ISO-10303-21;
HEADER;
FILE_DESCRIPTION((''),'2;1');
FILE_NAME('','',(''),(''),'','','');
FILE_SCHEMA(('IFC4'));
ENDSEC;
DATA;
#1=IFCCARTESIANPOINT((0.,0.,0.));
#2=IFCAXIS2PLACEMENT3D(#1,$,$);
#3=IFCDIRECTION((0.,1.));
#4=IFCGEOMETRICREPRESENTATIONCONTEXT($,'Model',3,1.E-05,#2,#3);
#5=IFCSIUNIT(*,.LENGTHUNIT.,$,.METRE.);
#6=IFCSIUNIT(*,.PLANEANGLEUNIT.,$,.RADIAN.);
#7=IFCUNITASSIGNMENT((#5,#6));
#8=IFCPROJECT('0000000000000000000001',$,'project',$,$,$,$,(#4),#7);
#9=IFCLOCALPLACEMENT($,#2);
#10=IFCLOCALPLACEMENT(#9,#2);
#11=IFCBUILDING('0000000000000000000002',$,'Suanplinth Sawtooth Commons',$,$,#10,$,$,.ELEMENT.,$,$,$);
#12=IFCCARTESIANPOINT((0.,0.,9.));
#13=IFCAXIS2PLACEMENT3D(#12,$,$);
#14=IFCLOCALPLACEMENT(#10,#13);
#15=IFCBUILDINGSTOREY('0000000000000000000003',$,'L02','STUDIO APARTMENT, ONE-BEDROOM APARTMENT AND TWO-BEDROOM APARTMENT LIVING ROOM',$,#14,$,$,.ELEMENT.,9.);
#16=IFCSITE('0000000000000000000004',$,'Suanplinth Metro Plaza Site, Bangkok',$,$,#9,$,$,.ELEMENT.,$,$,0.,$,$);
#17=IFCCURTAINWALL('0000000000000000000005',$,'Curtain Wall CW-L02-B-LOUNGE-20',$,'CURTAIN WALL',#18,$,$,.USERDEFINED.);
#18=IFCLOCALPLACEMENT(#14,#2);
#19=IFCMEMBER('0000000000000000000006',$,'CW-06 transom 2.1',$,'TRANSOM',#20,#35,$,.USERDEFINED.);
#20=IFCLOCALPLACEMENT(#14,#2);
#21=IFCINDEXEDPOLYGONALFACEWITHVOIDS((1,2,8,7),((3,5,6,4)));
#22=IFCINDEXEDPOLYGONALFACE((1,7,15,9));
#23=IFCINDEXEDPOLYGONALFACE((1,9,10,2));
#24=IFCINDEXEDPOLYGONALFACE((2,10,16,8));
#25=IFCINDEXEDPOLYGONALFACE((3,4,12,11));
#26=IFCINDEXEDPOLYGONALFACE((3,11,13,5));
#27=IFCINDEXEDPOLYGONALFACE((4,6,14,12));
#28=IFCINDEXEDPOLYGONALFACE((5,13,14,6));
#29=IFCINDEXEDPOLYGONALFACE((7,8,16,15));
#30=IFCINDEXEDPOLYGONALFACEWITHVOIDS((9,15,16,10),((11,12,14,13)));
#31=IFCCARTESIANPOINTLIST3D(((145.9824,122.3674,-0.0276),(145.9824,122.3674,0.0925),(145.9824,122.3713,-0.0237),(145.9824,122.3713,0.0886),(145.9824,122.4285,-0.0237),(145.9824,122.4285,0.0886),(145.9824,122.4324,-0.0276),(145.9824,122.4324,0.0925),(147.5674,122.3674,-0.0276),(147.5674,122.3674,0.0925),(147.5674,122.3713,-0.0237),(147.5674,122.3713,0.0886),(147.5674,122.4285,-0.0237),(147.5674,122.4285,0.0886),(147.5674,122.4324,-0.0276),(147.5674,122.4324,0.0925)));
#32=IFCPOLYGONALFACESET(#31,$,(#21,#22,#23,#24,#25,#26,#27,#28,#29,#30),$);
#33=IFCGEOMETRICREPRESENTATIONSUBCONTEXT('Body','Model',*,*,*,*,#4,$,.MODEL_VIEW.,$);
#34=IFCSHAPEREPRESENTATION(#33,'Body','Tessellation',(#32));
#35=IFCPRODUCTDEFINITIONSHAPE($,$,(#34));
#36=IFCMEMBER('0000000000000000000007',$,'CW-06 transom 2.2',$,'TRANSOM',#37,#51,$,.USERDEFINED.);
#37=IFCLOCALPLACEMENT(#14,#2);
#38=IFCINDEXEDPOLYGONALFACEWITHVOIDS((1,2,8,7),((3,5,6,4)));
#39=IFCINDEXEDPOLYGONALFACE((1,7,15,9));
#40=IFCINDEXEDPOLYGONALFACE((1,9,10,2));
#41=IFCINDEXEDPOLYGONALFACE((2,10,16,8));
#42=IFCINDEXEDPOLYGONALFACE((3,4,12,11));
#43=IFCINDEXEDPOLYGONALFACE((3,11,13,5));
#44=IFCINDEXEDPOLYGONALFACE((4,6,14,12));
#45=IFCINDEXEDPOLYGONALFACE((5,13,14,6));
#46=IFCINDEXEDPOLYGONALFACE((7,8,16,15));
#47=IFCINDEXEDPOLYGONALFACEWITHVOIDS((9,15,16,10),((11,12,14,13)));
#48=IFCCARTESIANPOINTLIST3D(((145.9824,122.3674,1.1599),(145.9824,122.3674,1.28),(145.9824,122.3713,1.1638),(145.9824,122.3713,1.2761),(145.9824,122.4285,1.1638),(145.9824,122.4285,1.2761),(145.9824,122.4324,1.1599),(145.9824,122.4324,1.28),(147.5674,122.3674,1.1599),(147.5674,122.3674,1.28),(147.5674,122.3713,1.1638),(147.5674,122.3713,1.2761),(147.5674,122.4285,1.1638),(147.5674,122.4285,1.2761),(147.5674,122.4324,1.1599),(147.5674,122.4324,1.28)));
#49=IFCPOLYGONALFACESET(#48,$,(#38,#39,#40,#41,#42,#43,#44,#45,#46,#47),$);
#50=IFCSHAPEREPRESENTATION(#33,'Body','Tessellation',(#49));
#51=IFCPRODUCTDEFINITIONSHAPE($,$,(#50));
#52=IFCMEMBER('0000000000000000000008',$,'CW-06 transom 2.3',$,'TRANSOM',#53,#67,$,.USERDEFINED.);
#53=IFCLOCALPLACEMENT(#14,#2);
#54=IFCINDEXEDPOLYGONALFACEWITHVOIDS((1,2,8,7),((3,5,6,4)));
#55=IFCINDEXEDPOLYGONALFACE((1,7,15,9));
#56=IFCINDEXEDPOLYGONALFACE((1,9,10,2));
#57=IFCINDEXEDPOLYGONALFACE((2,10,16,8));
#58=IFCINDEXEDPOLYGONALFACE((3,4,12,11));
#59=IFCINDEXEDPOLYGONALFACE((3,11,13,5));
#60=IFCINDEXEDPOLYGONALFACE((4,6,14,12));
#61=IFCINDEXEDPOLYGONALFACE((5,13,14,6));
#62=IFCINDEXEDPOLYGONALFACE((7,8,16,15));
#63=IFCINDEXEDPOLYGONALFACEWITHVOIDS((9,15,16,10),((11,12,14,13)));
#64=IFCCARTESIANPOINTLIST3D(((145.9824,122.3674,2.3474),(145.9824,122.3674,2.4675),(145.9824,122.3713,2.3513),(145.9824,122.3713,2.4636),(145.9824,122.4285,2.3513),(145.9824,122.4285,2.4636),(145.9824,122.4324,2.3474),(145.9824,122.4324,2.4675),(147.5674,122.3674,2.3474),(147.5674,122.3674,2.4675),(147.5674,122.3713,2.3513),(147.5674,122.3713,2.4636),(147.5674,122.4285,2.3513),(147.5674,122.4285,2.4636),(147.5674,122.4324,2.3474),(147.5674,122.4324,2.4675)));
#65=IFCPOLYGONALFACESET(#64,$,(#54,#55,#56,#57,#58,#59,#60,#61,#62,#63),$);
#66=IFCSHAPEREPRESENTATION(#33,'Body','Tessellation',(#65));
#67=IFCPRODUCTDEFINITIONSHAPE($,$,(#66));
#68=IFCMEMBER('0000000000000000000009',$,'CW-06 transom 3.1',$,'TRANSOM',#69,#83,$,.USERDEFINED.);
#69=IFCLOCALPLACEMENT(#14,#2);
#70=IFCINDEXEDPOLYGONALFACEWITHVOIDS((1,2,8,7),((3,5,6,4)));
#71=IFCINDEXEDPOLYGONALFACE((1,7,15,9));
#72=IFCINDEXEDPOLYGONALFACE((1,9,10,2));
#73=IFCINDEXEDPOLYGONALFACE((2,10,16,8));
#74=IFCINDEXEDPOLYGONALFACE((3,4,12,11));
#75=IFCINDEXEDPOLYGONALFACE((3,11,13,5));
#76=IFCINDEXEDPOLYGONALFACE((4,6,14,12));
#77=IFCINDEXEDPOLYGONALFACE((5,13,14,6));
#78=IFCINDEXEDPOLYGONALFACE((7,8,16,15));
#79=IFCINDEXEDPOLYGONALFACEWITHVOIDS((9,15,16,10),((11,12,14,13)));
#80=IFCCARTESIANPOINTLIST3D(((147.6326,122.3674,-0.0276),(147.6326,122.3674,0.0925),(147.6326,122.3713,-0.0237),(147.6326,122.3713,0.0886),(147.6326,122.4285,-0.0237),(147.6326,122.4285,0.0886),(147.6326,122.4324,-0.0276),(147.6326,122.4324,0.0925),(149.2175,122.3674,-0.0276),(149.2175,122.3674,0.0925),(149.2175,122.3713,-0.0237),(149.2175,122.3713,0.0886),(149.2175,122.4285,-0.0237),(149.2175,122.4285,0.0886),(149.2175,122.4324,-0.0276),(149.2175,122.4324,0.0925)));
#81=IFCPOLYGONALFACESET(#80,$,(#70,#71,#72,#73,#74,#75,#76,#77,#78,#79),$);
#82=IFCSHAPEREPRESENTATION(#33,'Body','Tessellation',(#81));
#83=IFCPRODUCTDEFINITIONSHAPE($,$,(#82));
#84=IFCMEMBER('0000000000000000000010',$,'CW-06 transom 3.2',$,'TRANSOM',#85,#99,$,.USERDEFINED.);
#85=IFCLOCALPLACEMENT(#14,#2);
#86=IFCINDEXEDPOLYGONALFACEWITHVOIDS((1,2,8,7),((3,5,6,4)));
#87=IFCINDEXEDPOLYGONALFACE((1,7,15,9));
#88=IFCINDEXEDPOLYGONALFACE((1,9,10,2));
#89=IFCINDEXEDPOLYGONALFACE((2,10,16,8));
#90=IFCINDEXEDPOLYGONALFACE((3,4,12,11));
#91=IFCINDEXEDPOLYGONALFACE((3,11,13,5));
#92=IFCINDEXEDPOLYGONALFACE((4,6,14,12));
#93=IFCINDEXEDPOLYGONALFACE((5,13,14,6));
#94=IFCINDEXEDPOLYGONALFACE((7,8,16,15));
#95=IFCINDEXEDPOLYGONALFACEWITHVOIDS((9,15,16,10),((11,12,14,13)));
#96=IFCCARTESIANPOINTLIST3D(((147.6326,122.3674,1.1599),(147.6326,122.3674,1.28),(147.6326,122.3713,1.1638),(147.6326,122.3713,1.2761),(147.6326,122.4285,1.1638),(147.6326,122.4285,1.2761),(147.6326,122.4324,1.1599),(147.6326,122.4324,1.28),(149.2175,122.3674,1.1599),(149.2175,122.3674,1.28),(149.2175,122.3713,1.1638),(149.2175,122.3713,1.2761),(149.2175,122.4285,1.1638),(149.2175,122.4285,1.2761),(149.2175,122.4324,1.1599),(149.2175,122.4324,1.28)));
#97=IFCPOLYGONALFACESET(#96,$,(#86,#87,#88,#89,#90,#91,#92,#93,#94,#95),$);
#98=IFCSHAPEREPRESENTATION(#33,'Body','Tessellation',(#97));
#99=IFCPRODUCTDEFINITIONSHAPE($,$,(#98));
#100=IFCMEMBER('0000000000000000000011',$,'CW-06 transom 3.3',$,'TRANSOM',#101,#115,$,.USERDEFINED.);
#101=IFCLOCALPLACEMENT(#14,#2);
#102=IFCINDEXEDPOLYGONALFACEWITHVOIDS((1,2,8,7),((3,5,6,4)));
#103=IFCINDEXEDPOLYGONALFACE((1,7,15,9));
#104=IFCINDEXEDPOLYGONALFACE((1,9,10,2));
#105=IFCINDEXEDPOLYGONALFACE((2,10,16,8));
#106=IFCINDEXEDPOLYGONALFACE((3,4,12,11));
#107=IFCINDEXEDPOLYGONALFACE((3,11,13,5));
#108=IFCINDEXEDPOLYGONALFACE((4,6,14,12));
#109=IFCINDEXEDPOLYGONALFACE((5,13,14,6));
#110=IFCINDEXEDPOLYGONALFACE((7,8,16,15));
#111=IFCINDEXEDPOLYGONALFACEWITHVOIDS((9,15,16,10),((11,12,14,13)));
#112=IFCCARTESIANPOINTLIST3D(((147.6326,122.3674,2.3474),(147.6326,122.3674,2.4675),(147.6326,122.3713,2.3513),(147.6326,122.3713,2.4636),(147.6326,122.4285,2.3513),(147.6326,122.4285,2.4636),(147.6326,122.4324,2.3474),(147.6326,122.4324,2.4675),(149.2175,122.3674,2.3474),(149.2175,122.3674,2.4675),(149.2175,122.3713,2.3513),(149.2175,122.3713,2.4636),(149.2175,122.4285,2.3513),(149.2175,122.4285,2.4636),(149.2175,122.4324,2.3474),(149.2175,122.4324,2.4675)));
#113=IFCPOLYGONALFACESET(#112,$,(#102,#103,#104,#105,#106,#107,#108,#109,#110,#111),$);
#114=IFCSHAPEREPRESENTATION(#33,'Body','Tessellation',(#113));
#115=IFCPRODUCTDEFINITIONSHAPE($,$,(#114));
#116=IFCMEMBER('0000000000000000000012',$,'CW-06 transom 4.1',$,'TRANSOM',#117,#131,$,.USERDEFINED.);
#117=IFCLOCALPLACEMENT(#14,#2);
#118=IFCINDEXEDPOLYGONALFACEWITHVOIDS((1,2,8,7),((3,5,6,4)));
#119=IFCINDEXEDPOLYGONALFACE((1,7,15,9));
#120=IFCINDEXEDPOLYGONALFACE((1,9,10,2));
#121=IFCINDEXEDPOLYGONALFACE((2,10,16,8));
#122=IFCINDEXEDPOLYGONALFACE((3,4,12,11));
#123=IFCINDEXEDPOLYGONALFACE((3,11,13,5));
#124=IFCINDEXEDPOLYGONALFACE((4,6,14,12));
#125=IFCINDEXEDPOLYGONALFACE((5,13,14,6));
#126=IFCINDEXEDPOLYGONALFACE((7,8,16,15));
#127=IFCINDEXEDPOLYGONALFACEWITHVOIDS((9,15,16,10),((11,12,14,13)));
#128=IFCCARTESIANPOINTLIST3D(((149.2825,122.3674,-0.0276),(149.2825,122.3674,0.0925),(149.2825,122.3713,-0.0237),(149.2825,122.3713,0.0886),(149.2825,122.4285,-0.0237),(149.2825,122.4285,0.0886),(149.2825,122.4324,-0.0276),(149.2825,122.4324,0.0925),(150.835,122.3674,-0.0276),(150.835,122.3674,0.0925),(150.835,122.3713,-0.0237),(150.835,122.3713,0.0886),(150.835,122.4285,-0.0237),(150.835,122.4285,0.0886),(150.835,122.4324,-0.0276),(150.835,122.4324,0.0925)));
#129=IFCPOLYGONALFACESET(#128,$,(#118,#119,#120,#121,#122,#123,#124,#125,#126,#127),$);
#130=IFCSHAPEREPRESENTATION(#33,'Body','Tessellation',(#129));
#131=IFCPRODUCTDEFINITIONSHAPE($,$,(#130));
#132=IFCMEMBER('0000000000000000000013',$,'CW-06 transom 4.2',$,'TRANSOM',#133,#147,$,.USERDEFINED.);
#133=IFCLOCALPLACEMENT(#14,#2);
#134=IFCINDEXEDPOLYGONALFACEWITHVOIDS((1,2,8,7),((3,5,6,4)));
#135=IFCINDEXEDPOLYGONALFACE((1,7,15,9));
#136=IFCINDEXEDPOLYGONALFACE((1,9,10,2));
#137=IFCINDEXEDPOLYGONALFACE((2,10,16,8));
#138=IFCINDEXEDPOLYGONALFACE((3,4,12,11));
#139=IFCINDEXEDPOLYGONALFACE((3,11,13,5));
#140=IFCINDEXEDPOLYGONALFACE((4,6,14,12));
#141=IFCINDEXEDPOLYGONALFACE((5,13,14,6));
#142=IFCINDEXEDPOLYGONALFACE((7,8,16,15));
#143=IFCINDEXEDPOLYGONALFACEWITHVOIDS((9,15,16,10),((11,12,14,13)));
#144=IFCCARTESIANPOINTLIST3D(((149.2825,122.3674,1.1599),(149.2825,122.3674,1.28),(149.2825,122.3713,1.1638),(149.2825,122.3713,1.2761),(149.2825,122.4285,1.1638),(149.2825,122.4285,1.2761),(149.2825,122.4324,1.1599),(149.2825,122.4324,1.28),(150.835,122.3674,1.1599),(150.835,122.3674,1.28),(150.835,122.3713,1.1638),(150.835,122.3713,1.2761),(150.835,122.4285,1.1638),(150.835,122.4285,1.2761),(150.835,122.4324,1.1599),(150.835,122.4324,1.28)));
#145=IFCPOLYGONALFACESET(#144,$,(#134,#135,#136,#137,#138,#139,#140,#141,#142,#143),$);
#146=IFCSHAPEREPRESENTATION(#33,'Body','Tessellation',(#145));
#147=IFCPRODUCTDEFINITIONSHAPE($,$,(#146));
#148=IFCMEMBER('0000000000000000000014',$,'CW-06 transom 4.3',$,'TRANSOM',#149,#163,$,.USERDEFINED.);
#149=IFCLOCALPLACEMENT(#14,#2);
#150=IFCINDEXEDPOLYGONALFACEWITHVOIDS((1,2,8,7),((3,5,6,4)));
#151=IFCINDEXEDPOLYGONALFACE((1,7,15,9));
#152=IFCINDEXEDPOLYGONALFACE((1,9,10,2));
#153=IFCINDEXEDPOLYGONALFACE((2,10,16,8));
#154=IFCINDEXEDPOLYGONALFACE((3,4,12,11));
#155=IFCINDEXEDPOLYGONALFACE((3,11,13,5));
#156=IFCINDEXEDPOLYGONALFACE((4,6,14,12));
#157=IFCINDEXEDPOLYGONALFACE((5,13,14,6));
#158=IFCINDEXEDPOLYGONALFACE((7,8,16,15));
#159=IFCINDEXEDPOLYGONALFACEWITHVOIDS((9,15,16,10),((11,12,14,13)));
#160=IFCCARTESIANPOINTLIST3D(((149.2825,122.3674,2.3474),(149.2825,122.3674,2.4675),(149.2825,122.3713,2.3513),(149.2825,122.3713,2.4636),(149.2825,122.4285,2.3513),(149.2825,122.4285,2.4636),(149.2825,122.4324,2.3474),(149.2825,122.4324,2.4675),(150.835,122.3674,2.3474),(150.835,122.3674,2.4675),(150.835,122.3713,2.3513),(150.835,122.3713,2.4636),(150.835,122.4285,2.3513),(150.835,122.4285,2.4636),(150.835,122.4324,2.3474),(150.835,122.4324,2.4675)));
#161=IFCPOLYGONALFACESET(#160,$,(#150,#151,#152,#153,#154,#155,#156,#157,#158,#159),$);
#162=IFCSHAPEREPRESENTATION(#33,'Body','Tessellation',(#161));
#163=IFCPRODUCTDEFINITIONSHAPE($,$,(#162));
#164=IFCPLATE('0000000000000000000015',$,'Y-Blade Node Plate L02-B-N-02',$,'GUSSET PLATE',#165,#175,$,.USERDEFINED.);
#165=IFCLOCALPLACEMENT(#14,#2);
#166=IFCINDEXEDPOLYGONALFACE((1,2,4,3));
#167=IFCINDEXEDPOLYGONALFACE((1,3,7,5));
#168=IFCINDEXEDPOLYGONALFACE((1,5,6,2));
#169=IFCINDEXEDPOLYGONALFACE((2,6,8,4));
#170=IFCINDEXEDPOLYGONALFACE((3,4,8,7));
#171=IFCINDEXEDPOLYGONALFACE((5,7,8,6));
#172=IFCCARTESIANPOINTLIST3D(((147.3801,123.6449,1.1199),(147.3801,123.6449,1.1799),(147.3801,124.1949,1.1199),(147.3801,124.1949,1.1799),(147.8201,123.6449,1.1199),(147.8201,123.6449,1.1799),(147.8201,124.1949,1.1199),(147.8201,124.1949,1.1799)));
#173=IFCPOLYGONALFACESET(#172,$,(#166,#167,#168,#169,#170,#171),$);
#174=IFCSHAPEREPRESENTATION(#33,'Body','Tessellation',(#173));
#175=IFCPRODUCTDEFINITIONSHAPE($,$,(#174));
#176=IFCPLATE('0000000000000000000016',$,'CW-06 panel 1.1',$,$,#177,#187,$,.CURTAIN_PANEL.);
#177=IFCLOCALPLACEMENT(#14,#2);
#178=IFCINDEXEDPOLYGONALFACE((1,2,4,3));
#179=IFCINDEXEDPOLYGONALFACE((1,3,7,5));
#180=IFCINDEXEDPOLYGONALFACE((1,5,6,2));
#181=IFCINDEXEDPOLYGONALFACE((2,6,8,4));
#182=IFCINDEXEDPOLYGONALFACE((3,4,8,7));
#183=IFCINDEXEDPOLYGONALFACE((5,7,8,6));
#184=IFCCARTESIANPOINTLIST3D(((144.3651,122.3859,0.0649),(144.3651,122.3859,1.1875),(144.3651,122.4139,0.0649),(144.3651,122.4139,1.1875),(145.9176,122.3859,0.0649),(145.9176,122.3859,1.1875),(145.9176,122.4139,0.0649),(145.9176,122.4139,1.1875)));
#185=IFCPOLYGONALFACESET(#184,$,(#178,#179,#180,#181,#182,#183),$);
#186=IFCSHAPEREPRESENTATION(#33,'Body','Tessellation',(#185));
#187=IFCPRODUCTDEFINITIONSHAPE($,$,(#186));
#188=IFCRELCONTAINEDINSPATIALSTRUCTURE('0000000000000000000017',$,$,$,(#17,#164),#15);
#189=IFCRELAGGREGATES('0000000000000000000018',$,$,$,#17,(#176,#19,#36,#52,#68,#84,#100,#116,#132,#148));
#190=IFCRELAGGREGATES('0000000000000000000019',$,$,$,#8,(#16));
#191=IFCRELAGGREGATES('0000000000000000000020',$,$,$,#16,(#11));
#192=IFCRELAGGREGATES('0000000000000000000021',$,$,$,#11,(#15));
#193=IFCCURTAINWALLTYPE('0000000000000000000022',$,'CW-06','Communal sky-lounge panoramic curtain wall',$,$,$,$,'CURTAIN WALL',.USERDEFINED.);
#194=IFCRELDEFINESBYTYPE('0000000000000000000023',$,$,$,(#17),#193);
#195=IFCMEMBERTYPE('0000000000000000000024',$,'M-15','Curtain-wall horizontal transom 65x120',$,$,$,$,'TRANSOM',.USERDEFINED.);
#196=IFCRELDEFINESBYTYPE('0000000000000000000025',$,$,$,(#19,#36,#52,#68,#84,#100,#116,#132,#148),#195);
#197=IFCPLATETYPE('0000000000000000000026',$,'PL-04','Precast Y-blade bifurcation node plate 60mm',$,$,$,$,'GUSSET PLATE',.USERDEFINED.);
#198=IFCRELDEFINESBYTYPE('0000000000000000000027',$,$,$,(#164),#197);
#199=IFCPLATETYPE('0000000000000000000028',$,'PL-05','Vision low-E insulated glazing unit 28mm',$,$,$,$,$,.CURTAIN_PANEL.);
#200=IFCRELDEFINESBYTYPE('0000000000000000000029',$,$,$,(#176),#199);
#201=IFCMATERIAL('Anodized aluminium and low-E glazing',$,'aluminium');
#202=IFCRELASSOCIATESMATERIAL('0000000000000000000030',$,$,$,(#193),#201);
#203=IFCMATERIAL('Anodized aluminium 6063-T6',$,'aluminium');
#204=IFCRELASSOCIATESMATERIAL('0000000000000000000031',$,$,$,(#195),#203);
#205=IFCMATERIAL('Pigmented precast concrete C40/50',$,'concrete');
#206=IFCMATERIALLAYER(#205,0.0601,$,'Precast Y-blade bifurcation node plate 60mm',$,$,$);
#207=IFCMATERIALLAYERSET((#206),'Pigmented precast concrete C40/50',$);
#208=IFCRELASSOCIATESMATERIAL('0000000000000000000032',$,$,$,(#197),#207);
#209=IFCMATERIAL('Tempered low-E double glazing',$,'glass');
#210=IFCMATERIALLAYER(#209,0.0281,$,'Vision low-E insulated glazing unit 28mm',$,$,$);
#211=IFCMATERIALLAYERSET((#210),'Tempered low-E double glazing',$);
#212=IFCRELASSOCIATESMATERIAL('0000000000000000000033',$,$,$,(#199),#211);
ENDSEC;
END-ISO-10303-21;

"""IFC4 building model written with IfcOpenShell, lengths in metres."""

from ifc_helpers import new_model, si_unit, direction, frame, origin, origin_2d, place, context, subcontext, project, spatial, rectangle, hollow_rectangle, extrude, material, layer, layer_set, material_profile, profile_set, type_object, element, aggregate, save


model = new_model("IFC4")

# Units and contexts
model_context = context("Model", 3, precision=1e-05, world=origin(), true_north=direction((0.0, 1.0)))
body_context = subcontext(model_context, "Body", "Model", "MODEL_VIEW")
ifc_project = project(units=[si_unit("LENGTHUNIT", "METRE"), si_unit("PLANEANGLEUNIT", "RADIAN")], contexts=[model_context])

# Site, building, storey
site_placement = place(None, origin())
site = spatial("IfcSite", under=ifc_project, at=site_placement, Name="Suanplinth Metro Plaza Site, Bangkok", CompositionType="ELEMENT", RefElevation=0.0)
building_placement = place(site_placement, origin())
building = spatial("IfcBuilding", under=site, at=building_placement, Name="Suanplinth Sawtooth Commons", CompositionType="ELEMENT")
storey_placement = place(building_placement, frame((0.0, 0.0, 9.0)))
storey = spatial("IfcBuildingStorey", under=building, at=storey_placement, Name="L02", Description="STUDIO APARTMENT, ONE-BEDROOM APARTMENT AND TWO-BEDROOM APARTMENT LIVING ROOM", CompositionType="ELEMENT", Elevation=9.0)

# Shared definitions
ifc_material_1 = material(Name="Pigmented precast concrete C40/50", Category="concrete")

# Curtain wall, members
ifc_material_2 = material(Name="Anodized aluminium and low-E glazing", Category="aluminium")
curtain_wall_type = type_object("IfcCurtainWallType", Name="CW-06", Description="Communal sky-lounge panoramic curtain wall", ElementType="CURTAIN WALL", PredefinedType="USERDEFINED", material=ifc_material_2)
curtain_wall_placement = place(storey_placement, origin())
curtain_wall = element("IfcCurtainWall", 1, at=curtain_wall_placement, inside=storey, type_object=curtain_wall_type, Name="Curtain Wall CW-L02-B-LOUNGE-20", ObjectType="CURTAIN WALL", PredefinedType="USERDEFINED")
ifc_material_3 = material(Name="Anodized aluminium 6063-T6", Category="aluminium")
ifc_material_profile_1 = material_profile(ifc_material_3, hollow_rectangle(XDim=0.0649, YDim=0.1201, WallThickness=0.0039, at=origin_2d()), Name="ALU-TRN 65x120")
ifc_profile_set_1 = profile_set([ifc_material_profile_1], Name="Anodized aluminium 6063-T6")
member_type_1 = type_object("IfcMemberType", Name="M-15", Description="Curtain-wall horizontal transom 65x120", ElementType="TRANSOM", PredefinedType="USERDEFINED", material=ifc_profile_set_1)
member_1_placement = place(storey_placement, frame((145.9824, 122.3999, 0.0325), z_axis=(1.0, 0.0, 0.0), x_axis=(0.0, 1.0, 0.0)))
member_1 = element("IfcMember", 2, at=member_1_placement, type_object=member_type_1, Name="CW-06 transom 2.1", ObjectType="TRANSOM", PredefinedType="USERDEFINED", context=body_context, shape_type="SweptSolid", body=[
    extrude(hollow_rectangle(XDim=0.0649, YDim=0.1201, WallThickness=0.0039, at=origin_2d()), origin(), (0.0, 0.0, 1.0), 1.585),
])
member_2_placement = place(storey_placement, frame((145.9824, 122.3999, 1.22), z_axis=(1.0, 0.0, 0.0), x_axis=(0.0, 1.0, 0.0)))
member_2 = element("IfcMember", 3, at=member_2_placement, type_object=member_type_1, Name="CW-06 transom 2.2", ObjectType="TRANSOM", PredefinedType="USERDEFINED", context=body_context, shape_type="SweptSolid", body=[
    extrude(hollow_rectangle(XDim=0.0649, YDim=0.1201, WallThickness=0.0039, at=origin_2d()), origin(), (0.0, 0.0, 1.0), 1.585),
])
member_3_placement = place(storey_placement, frame((145.9824, 122.3999, 2.4075), z_axis=(1.0, 0.0, 0.0), x_axis=(0.0, 1.0, 0.0)))
member_3 = element("IfcMember", 4, at=member_3_placement, type_object=member_type_1, Name="CW-06 transom 2.3", ObjectType="TRANSOM", PredefinedType="USERDEFINED", context=body_context, shape_type="SweptSolid", body=[
    extrude(hollow_rectangle(XDim=0.0649, YDim=0.1201, WallThickness=0.0039, at=origin_2d()), origin(), (0.0, 0.0, 1.0), 1.585),
])
member_4_placement = place(storey_placement, frame((147.6326, 122.3999, 0.0325), z_axis=(1.0, 0.0, 0.0), x_axis=(0.0, 1.0, 0.0)))
member_4 = element("IfcMember", 5, at=member_4_placement, type_object=member_type_1, Name="CW-06 transom 3.1", ObjectType="TRANSOM", PredefinedType="USERDEFINED", context=body_context, shape_type="SweptSolid", body=[
    extrude(hollow_rectangle(XDim=0.0649, YDim=0.1201, WallThickness=0.0039, at=origin_2d()), origin(), (0.0, 0.0, 1.0), 1.585),
])
member_5_placement = place(storey_placement, frame((147.6326, 122.3999, 1.22), z_axis=(1.0, 0.0, 0.0), x_axis=(0.0, 1.0, 0.0)))
member_5 = element("IfcMember", 6, at=member_5_placement, type_object=member_type_1, Name="CW-06 transom 3.2", ObjectType="TRANSOM", PredefinedType="USERDEFINED", context=body_context, shape_type="SweptSolid", body=[
    extrude(hollow_rectangle(XDim=0.0649, YDim=0.1201, WallThickness=0.0039, at=origin_2d()), origin(), (0.0, 0.0, 1.0), 1.585),
])
member_6_placement = place(storey_placement, frame((147.6326, 122.3999, 2.4075), z_axis=(1.0, 0.0, 0.0), x_axis=(0.0, 1.0, 0.0)))
member_6 = element("IfcMember", 7, at=member_6_placement, type_object=member_type_1, Name="CW-06 transom 3.3", ObjectType="TRANSOM", PredefinedType="USERDEFINED", context=body_context, shape_type="SweptSolid", body=[
    extrude(hollow_rectangle(XDim=0.0649, YDim=0.1201, WallThickness=0.0039, at=origin_2d()), origin(), (0.0, 0.0, 1.0), 1.585),
])
member_7_placement = place(storey_placement, frame((149.2825, 122.3999, 0.0325), z_axis=(1.0, 0.0, 0.0), x_axis=(0.0, 1.0, 0.0)))
member_7 = element("IfcMember", 8, at=member_7_placement, type_object=member_type_1, Name="CW-06 transom 4.1", ObjectType="TRANSOM", PredefinedType="USERDEFINED", context=body_context, shape_type="SweptSolid", body=[
    extrude(hollow_rectangle(XDim=0.0649, YDim=0.1201, WallThickness=0.0039, at=origin_2d()), origin(), (0.0, 0.0, 1.0), 1.5525),
])
member_8_placement = place(storey_placement, frame((149.2825, 122.3999, 1.22), z_axis=(1.0, 0.0, 0.0), x_axis=(0.0, 1.0, 0.0)))
member_8 = element("IfcMember", 9, at=member_8_placement, type_object=member_type_1, Name="CW-06 transom 4.2", ObjectType="TRANSOM", PredefinedType="USERDEFINED", context=body_context, shape_type="SweptSolid", body=[
    extrude(hollow_rectangle(XDim=0.0649, YDim=0.1201, WallThickness=0.0039, at=origin_2d()), origin(), (0.0, 0.0, 1.0), 1.5525),
])
member_9_placement = place(storey_placement, frame((149.2825, 122.3999, 2.4075), z_axis=(1.0, 0.0, 0.0), x_axis=(0.0, 1.0, 0.0)))
member_9 = element("IfcMember", 10, at=member_9_placement, type_object=member_type_1, Name="CW-06 transom 4.3", ObjectType="TRANSOM", PredefinedType="USERDEFINED", context=body_context, shape_type="SweptSolid", body=[
    extrude(hollow_rectangle(XDim=0.0649, YDim=0.1201, WallThickness=0.0039, at=origin_2d()), origin(), (0.0, 0.0, 1.0), 1.5525),
])

# Plates
ifc_layer_1 = layer(ifc_material_1, 0.0601, Name="Precast Y-blade bifurcation node plate 60mm")
ifc_layer_set_1 = layer_set([ifc_layer_1], Name="Pigmented precast concrete C40/50")
plate_type_1 = type_object("IfcPlateType", Name="PL-04", Description="Precast Y-blade bifurcation node plate 60mm", ElementType="GUSSET PLATE", PredefinedType="USERDEFINED", material=ifc_layer_set_1)
plate_1_placement = place(storey_placement, frame((147.6001, 123.9199, 1.1199), z_axis=(0.0, 0.0, 1.0), x_axis=(1.0, 0.0, 0.0)))
element("IfcPlate", 11, at=plate_1_placement, inside=storey, type_object=plate_type_1, Name="Y-Blade Node Plate L02-B-N-02", ObjectType="GUSSET PLATE", PredefinedType="USERDEFINED", context=body_context, shape_type="SweptSolid", body=[
    extrude(rectangle(XDim=0.4399, YDim=0.55, at=origin_2d()), origin(), (0.0, 0.0, 1.0), 0.0601),
])
ifc_material_4 = material(Name="Tempered low-E double glazing", Category="glass")
ifc_layer_2 = layer(ifc_material_4, 0.0281, Name="Vision low-E insulated glazing unit 28mm")
ifc_layer_set_2 = layer_set([ifc_layer_2], Name="Tempered low-E double glazing")
plate_type_2 = type_object("IfcPlateType", Name="PL-05", Description="Vision low-E insulated glazing unit 28mm", PredefinedType="CURTAIN_PANEL", material=ifc_layer_set_2)
plate_2_placement = place(storey_placement, frame((145.1414, 122.3999, 0.0649), z_axis=(0.0, 0.0, 1.0), x_axis=(1.0, 0.0, 0.0)))
plate_2 = element("IfcPlate", 12, at=plate_2_placement, type_object=plate_type_2, Name="CW-06 panel 1.1", PredefinedType="CURTAIN_PANEL", context=body_context, shape_type="SweptSolid", body=[
    extrude(rectangle(XDim=1.5525, YDim=0.0281, at=origin_2d()), origin(), (0.0, 0.0, 1.0), 1.1226),
])
aggregate(curtain_wall, [plate_2, member_1, member_2, member_3, member_4, member_5, member_6, member_7, member_8, member_9])

save(model, "model.ifc")
